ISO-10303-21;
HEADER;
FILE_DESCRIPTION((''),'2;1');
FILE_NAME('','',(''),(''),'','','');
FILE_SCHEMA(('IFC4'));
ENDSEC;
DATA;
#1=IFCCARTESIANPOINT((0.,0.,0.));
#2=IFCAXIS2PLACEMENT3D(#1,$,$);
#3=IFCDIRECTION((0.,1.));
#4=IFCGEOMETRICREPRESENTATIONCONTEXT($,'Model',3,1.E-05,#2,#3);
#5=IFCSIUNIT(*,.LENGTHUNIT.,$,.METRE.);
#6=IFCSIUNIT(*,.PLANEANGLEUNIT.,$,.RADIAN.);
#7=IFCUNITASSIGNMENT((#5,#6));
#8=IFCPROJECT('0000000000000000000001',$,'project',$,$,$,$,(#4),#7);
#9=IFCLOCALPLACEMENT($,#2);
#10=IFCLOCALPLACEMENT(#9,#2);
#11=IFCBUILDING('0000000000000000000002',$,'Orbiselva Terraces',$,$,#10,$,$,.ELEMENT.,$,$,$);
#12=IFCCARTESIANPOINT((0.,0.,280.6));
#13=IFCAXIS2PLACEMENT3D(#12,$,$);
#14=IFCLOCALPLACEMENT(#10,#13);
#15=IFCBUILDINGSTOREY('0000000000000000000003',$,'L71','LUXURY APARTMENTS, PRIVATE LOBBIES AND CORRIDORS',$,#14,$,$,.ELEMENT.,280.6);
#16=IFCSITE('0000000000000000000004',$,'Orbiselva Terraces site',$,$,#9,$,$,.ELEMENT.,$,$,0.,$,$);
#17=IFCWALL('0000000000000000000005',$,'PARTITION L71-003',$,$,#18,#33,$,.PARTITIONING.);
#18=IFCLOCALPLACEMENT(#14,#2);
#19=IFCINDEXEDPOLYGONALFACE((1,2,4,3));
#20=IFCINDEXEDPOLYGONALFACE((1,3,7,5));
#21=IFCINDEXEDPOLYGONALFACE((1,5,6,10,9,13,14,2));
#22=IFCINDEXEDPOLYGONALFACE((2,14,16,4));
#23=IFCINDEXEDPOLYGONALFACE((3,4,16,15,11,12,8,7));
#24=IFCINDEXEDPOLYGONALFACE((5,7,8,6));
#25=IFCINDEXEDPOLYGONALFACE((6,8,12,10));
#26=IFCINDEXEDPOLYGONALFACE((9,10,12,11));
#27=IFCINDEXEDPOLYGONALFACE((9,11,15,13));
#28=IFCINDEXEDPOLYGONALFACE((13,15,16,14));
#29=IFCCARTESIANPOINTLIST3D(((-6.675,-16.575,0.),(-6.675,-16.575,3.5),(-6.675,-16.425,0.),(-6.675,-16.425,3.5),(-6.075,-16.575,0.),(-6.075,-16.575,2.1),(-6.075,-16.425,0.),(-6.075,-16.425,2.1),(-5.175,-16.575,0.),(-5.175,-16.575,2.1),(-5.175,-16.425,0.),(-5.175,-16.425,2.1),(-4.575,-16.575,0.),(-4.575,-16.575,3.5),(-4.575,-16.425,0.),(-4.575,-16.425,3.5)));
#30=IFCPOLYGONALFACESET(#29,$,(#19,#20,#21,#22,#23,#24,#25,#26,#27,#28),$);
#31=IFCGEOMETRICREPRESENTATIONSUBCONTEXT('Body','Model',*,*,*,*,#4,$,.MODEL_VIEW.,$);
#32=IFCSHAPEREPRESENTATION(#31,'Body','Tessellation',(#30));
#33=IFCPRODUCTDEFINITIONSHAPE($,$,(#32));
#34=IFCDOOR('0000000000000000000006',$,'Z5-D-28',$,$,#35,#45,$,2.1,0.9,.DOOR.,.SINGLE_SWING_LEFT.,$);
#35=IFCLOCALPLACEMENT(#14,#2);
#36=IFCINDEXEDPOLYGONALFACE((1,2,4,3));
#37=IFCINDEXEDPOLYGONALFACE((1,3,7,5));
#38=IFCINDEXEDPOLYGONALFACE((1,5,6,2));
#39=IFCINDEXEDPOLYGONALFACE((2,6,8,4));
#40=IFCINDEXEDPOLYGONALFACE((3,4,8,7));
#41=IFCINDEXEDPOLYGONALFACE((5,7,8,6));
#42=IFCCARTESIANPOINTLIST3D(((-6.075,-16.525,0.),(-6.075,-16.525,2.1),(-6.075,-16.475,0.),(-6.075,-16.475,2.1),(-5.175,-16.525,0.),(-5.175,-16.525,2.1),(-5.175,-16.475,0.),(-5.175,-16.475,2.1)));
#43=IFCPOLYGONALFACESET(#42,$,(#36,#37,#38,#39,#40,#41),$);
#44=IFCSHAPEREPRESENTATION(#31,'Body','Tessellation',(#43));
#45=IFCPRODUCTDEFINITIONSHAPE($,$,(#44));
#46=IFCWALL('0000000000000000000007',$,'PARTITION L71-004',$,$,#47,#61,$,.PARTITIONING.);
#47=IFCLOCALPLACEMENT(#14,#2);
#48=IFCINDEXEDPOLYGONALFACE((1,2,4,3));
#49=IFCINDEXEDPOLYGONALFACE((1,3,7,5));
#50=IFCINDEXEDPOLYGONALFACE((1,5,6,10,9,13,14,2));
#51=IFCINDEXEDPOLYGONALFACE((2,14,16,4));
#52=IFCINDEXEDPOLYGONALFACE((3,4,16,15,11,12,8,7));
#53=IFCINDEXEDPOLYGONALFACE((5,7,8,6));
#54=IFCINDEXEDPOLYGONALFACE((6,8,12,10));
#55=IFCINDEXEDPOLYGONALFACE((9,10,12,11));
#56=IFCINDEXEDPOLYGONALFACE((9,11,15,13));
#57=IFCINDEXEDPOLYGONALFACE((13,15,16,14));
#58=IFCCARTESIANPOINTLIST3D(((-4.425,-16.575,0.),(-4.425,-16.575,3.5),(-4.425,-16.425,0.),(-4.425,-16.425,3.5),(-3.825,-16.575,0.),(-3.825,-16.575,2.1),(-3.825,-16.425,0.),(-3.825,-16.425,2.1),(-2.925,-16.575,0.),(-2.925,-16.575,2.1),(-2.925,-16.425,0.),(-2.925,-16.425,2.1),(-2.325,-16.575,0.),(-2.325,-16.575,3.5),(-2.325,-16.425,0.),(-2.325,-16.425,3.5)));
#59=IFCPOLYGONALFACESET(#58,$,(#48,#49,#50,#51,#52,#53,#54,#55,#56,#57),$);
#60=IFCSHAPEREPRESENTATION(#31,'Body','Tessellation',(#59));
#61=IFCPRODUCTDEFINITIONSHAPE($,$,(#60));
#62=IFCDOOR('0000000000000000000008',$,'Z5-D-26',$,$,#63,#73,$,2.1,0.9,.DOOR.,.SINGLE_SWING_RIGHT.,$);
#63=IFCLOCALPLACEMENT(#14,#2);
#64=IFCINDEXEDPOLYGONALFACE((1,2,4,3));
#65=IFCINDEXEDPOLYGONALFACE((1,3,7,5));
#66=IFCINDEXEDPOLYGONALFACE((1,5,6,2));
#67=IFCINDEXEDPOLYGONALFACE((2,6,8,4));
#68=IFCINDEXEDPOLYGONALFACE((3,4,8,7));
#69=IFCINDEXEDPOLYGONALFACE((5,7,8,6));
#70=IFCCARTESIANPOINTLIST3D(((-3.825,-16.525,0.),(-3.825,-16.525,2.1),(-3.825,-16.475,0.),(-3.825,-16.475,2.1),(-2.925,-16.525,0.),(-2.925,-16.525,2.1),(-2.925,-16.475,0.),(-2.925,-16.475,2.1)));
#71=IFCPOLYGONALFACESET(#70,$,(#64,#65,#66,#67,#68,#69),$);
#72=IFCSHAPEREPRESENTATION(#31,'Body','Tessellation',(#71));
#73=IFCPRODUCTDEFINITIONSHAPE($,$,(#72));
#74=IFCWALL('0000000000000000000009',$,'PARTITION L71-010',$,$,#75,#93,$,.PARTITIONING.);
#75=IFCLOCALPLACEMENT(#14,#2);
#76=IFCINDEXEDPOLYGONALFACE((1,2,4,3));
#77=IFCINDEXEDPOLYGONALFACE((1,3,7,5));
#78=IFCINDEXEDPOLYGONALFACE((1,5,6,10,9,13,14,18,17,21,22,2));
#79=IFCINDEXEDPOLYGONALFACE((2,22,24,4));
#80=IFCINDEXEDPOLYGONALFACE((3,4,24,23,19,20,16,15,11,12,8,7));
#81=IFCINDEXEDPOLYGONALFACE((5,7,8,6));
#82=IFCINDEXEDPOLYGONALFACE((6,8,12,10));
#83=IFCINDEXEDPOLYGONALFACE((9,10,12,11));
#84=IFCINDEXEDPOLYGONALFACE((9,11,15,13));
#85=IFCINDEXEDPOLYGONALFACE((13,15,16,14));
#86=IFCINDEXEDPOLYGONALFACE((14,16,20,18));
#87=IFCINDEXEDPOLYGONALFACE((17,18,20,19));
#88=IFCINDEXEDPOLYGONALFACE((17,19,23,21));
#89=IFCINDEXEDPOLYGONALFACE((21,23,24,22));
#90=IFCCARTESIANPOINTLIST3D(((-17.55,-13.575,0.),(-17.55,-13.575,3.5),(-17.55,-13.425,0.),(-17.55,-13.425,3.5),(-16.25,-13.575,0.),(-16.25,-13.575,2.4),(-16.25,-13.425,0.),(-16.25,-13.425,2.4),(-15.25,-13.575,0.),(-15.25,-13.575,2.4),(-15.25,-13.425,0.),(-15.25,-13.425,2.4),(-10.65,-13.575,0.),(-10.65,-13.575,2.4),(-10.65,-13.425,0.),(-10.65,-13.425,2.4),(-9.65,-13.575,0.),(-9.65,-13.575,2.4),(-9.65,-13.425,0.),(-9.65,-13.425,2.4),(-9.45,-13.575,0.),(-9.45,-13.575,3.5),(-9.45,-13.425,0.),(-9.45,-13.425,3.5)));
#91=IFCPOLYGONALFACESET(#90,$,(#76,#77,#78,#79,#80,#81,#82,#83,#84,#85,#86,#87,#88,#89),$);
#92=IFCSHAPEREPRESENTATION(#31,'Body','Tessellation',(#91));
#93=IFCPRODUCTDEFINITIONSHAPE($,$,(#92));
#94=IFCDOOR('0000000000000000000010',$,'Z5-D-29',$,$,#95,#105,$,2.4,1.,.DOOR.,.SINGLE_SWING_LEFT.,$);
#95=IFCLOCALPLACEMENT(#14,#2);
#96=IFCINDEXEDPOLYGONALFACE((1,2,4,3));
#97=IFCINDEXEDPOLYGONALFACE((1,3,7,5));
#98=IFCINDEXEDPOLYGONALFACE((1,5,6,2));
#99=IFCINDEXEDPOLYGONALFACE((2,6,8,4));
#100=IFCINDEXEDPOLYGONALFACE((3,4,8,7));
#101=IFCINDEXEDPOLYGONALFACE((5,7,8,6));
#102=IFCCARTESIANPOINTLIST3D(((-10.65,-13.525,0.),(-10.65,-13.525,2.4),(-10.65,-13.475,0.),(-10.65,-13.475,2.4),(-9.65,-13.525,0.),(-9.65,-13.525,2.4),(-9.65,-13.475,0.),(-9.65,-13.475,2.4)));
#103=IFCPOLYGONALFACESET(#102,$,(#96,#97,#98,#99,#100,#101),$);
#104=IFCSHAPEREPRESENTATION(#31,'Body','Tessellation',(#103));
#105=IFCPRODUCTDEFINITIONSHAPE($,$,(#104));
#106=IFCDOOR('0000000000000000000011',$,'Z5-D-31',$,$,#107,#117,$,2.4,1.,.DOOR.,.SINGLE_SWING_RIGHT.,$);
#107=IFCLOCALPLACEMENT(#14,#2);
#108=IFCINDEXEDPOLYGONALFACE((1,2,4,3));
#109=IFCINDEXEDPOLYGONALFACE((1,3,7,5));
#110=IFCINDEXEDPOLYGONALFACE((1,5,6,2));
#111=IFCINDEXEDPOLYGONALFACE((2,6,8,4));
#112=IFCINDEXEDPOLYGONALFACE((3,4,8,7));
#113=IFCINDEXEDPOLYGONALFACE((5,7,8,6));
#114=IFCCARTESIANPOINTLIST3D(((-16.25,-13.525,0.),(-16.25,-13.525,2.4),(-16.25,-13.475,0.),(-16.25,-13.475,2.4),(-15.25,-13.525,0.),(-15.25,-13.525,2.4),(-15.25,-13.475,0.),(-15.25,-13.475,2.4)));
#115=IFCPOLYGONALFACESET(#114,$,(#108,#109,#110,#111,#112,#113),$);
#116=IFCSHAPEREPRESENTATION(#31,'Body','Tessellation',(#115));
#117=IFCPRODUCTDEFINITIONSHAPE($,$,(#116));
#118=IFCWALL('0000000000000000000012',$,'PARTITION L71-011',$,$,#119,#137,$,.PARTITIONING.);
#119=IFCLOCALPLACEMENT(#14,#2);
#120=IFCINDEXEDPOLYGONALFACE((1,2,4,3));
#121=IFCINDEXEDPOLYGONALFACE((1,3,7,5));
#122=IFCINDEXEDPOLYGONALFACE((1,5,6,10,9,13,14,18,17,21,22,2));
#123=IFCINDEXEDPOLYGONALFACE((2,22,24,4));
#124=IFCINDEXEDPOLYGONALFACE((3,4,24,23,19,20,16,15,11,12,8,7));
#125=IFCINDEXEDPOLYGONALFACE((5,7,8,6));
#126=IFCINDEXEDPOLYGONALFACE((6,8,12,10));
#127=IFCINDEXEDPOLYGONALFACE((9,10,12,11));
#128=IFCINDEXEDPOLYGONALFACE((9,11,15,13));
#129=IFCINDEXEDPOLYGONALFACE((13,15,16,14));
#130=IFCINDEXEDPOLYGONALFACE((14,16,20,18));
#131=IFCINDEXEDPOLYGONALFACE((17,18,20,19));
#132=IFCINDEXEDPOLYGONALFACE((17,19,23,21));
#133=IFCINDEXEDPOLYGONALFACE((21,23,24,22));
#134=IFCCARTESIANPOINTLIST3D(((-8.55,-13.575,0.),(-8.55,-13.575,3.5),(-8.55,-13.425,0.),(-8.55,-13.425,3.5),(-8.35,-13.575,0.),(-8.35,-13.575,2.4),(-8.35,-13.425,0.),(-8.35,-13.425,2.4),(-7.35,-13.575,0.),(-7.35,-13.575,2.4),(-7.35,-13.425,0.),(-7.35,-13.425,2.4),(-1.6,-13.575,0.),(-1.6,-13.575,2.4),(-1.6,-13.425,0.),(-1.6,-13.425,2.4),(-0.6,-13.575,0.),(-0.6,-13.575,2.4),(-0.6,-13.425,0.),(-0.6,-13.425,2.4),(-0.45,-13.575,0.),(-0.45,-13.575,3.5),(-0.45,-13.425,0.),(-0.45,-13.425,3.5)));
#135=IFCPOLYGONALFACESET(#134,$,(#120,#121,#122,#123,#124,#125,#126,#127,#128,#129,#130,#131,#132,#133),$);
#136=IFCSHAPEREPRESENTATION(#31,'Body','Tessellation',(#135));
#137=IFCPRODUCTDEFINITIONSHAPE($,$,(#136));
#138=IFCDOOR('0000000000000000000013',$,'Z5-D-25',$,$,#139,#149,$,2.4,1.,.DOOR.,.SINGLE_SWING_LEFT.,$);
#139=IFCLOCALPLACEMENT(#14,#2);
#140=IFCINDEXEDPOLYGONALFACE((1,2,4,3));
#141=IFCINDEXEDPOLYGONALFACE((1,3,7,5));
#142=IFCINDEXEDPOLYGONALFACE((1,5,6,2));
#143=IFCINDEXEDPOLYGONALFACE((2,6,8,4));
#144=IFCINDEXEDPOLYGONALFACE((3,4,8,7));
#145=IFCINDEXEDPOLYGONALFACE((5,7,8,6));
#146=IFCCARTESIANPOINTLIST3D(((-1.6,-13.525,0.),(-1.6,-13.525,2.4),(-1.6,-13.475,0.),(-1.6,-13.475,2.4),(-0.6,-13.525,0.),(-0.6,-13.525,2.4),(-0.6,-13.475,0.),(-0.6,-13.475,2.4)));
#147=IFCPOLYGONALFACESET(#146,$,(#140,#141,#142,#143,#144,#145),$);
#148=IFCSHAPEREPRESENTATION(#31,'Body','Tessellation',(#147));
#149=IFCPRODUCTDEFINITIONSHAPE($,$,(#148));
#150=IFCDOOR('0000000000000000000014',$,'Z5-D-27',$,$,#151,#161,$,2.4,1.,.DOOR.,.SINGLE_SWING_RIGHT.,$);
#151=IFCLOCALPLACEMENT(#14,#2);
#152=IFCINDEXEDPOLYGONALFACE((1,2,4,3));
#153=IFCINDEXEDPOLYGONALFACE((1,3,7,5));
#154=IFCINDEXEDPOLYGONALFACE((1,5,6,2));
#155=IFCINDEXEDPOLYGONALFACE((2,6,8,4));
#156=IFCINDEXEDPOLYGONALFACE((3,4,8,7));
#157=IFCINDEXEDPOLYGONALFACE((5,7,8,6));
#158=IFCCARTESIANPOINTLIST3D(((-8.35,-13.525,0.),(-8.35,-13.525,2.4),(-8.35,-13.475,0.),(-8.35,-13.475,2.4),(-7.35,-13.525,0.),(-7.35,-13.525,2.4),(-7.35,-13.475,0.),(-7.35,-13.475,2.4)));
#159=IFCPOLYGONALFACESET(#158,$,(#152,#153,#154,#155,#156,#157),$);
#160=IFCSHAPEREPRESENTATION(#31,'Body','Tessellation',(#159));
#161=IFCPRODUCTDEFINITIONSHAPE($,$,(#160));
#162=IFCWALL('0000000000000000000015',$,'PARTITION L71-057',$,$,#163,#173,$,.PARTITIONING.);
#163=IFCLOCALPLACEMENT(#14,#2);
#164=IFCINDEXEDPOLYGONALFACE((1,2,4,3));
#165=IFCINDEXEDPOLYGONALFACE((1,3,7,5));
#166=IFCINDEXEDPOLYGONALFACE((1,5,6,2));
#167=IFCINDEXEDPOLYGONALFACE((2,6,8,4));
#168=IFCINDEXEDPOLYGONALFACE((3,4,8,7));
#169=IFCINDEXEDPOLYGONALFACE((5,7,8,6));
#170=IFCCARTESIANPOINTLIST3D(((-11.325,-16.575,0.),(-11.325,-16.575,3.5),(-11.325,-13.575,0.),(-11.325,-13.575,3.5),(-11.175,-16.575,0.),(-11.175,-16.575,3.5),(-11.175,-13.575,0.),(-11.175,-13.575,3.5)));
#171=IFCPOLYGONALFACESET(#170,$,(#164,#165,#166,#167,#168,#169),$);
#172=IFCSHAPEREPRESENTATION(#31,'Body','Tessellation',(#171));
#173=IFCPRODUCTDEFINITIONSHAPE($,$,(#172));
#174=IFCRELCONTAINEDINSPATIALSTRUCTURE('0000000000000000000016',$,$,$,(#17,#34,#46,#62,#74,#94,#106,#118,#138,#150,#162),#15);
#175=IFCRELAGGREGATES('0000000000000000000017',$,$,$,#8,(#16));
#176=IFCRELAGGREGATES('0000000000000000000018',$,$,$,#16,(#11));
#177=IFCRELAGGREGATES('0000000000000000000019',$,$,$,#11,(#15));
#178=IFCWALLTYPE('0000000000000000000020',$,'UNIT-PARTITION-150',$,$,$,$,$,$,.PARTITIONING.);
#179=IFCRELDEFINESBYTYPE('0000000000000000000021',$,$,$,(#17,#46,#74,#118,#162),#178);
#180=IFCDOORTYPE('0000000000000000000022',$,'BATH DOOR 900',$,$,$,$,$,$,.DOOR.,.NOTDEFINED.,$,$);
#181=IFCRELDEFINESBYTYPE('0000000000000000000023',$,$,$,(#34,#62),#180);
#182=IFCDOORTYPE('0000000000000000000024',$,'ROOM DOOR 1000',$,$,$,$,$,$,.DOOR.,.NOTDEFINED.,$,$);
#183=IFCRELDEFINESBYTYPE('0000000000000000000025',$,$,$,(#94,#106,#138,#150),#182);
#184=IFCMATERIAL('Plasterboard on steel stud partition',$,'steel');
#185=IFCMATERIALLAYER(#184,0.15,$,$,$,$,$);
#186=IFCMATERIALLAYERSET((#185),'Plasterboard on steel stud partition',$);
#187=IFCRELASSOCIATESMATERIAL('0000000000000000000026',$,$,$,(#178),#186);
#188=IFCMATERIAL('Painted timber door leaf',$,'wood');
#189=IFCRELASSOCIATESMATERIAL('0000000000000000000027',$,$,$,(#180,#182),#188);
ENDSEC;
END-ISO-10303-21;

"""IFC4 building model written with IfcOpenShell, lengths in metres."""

from ifc_helpers import new_model, si_unit, direction, frame, frame_2d, origin, place, context, subcontext, project, spatial, rectangle, extrude, material, layer, layer_set, type_object, element, fill, save


model = new_model("IFC4")

# Units and contexts
model_context = context("Model", 3, precision=1e-05, world=origin(), true_north=direction((0.0, 1.0)))
body_context = subcontext(model_context, "Body", "Model", "MODEL_VIEW")
ifc_project = project(units=[si_unit("LENGTHUNIT", "METRE"), si_unit("PLANEANGLEUNIT", "RADIAN")], contexts=[model_context])

# Site, building, storey
site_placement = place(None, origin())
site = spatial("IfcSite", under=ifc_project, at=site_placement, Name="Orbiselva Terraces site", CompositionType="ELEMENT", RefElevation=0.0)
building_placement = place(site_placement, origin())
building = spatial("IfcBuilding", under=site, at=building_placement, Name="Orbiselva Terraces", CompositionType="ELEMENT")
storey_placement = place(building_placement, frame((0.0, 0.0, 280.6)))
storey = spatial("IfcBuildingStorey", under=building, at=storey_placement, Name="L71", Description="LUXURY APARTMENTS, PRIVATE LOBBIES AND CORRIDORS", CompositionType="ELEMENT", Elevation=280.6)

# Walls, openings, doors
ifc_material_1 = material(Name="Plasterboard on steel stud partition", Category="steel")
ifc_layer_1 = layer(ifc_material_1, 0.15)
ifc_layer_set_1 = layer_set([ifc_layer_1], Name="Plasterboard on steel stud partition")
wall_type_1 = type_object("IfcWallType", Name="UNIT-PARTITION-150", PredefinedType="PARTITIONING", material=ifc_layer_set_1)
wall_1_placement = place(storey_placement, frame((-6.675, -16.5, 0.0), z_axis=(0.0, 0.0, 1.0), x_axis=(1.0, 0.0, 0.0)))
wall_1 = element("IfcWall", 1, at=wall_1_placement, inside=storey, type_object=wall_type_1, Name="PARTITION L71-003", PredefinedType="PARTITIONING", context=body_context, shape_type="SweptSolid", body=[
    extrude(rectangle(XDim=2.1, YDim=0.15, at=frame_2d((1.05, 0.0))), origin(), (0.0, 0.0, 1.0), 3.5),
])
opening_1_placement = place(wall_1_placement, frame((0.6, 0.0, 0.0)))
opening_1 = element("IfcOpeningElement", 2, at=opening_1_placement, cuts=wall_1, PredefinedType="OPENING", context=body_context, shape_type="SweptSolid", body=[
    extrude(rectangle(XDim=0.9, YDim=2.1, at=frame_2d((0.45, 1.05))), frame((0.0, 0.085, 0.0), z_axis=(0.0, -1.0, 0.0), x_axis=(1.0, 0.0, 0.0)), (0.0, 0.0, 1.0), 0.17),
])
ifc_material_2 = material(Name="Painted timber door leaf", Category="wood")
door_type_1 = type_object("IfcDoorType", Name="BATH DOOR 900", OperationType="NOTDEFINED", PredefinedType="DOOR", material=ifc_material_2)
door_1_placement = place(opening_1_placement, origin())
door_1 = element("IfcDoor", 3, at=door_1_placement, inside=storey, type_object=door_type_1, Name="Z5-D-28", OperationType="SINGLE_SWING_LEFT", OverallHeight=2.1, OverallWidth=0.9, PredefinedType="DOOR", context=body_context, shape_type="SweptSolid", body=[
    extrude(rectangle(XDim=0.9, YDim=2.1, at=frame_2d((0.45, 1.05))), frame((0.0, 0.025, 0.0), z_axis=(0.0, -1.0, 0.0), x_axis=(1.0, 0.0, 0.0)), (0.0, 0.0, 1.0), 0.05),
])
fill(opening_1, door_1)
wall_2_placement = place(storey_placement, frame((-4.425, -16.5, 0.0), z_axis=(0.0, 0.0, 1.0), x_axis=(1.0, 0.0, 0.0)))
wall_2 = element("IfcWall", 4, at=wall_2_placement, inside=storey, type_object=wall_type_1, Name="PARTITION L71-004", PredefinedType="PARTITIONING", context=body_context, shape_type="SweptSolid", body=[
    extrude(rectangle(XDim=2.1, YDim=0.15, at=frame_2d((1.05, 0.0))), origin(), (0.0, 0.0, 1.0), 3.5),
])
opening_2_placement = place(wall_2_placement, frame((0.6, 0.0, 0.0)))
opening_2 = element("IfcOpeningElement", 5, at=opening_2_placement, cuts=wall_2, PredefinedType="OPENING", context=body_context, shape_type="SweptSolid", body=[
    extrude(rectangle(XDim=0.9, YDim=2.1, at=frame_2d((0.45, 1.05))), frame((0.0, 0.085, 0.0), z_axis=(0.0, -1.0, 0.0), x_axis=(1.0, 0.0, 0.0)), (0.0, 0.0, 1.0), 0.17),
])
door_2_placement = place(opening_2_placement, origin())
door_2 = element("IfcDoor", 6, at=door_2_placement, inside=storey, type_object=door_type_1, Name="Z5-D-26", OperationType="SINGLE_SWING_RIGHT", OverallHeight=2.1, OverallWidth=0.9, PredefinedType="DOOR", context=body_context, shape_type="SweptSolid", body=[
    extrude(rectangle(XDim=0.9, YDim=2.1, at=frame_2d((0.45, 1.05))), frame((0.0, 0.025, 0.0), z_axis=(0.0, -1.0, 0.0), x_axis=(1.0, 0.0, 0.0)), (0.0, 0.0, 1.0), 0.05),
])
fill(opening_2, door_2)

# Walls, openings, doors
wall_3_placement = place(storey_placement, frame((-9.45, -13.5, 0.0), z_axis=(0.0, 0.0, 1.0), x_axis=(-1.0, 0.0, 0.0)))
wall_3 = element("IfcWall", 7, at=wall_3_placement, inside=storey, type_object=wall_type_1, Name="PARTITION L71-010", PredefinedType="PARTITIONING", context=body_context, shape_type="SweptSolid", body=[
    extrude(rectangle(XDim=8.1, YDim=0.15, at=frame_2d((4.05, 0.0))), origin(), (0.0, 0.0, 1.0), 3.5),
])
opening_3_placement = place(wall_3_placement, frame((0.2, 0.0, 0.0)))
opening_3 = element("IfcOpeningElement", 8, at=opening_3_placement, cuts=wall_3, PredefinedType="OPENING", context=body_context, shape_type="SweptSolid", body=[
    extrude(rectangle(XDim=1.0, YDim=2.4, at=frame_2d((0.5, 1.2))), frame((0.0, 0.085, 0.0), z_axis=(0.0, -1.0, 0.0), x_axis=(1.0, 0.0, 0.0)), (0.0, 0.0, 1.0), 0.17),
])
opening_4_placement = place(wall_3_placement, frame((5.8, 0.0, 0.0)))
opening_4 = element("IfcOpeningElement", 9, at=opening_4_placement, cuts=wall_3, PredefinedType="OPENING", context=body_context, shape_type="SweptSolid", body=[
    extrude(rectangle(XDim=1.0, YDim=2.4, at=frame_2d((0.5, 1.2))), frame((0.0, 0.085, 0.0), z_axis=(0.0, -1.0, 0.0), x_axis=(1.0, 0.0, 0.0)), (0.0, 0.0, 1.0), 0.17),
])
door_type_2 = type_object("IfcDoorType", Name="ROOM DOOR 1000", OperationType="NOTDEFINED", PredefinedType="DOOR", material=ifc_material_2)
door_3_placement = place(opening_3_placement, origin())
door_3 = element("IfcDoor", 10, at=door_3_placement, inside=storey, type_object=door_type_2, Name="Z5-D-29", OperationType="SINGLE_SWING_LEFT", OverallHeight=2.4, OverallWidth=1.0, PredefinedType="DOOR", context=body_context, shape_type="SweptSolid", body=[
    extrude(rectangle(XDim=1.0, YDim=2.4, at=frame_2d((0.5, 1.2))), frame((0.0, 0.025, 0.0), z_axis=(0.0, -1.0, 0.0), x_axis=(1.0, 0.0, 0.0)), (0.0, 0.0, 1.0), 0.05),
])
fill(opening_3, door_3)
door_4_placement = place(opening_4_placement, origin())
door_4 = element("IfcDoor", 11, at=door_4_placement, inside=storey, type_object=door_type_2, Name="Z5-D-31", OperationType="SINGLE_SWING_RIGHT", OverallHeight=2.4, OverallWidth=1.0, PredefinedType="DOOR", context=body_context, shape_type="SweptSolid", body=[
    extrude(rectangle(XDim=1.0, YDim=2.4, at=frame_2d((0.5, 1.2))), frame((0.0, 0.025, 0.0), z_axis=(0.0, -1.0, 0.0), x_axis=(1.0, 0.0, 0.0)), (0.0, 0.0, 1.0), 0.05),
])
fill(opening_4, door_4)
wall_4_placement = place(storey_placement, frame((-0.45, -13.5, 0.0), z_axis=(0.0, 0.0, 1.0), x_axis=(-1.0, 0.0, 0.0)))
wall_4 = element("IfcWall", 12, at=wall_4_placement, inside=storey, type_object=wall_type_1, Name="PARTITION L71-011", PredefinedType="PARTITIONING", context=body_context, shape_type="SweptSolid", body=[
    extrude(rectangle(XDim=8.1, YDim=0.15, at=frame_2d((4.05, 0.0))), origin(), (0.0, 0.0, 1.0), 3.5),
])
opening_5_placement = place(wall_4_placement, frame((0.15, 0.0, 0.0)))
opening_5 = element("IfcOpeningElement", 13, at=opening_5_placement, cuts=wall_4, PredefinedType="OPENING", context=body_context, shape_type="SweptSolid", body=[
    extrude(rectangle(XDim=1.0, YDim=2.4, at=frame_2d((0.5, 1.2))), frame((0.0, 0.085, 0.0), z_axis=(0.0, -1.0, 0.0), x_axis=(1.0, 0.0, 0.0)), (0.0, 0.0, 1.0), 0.17),
])
opening_6_placement = place(wall_4_placement, frame((6.9, 0.0, 0.0)))
opening_6 = element("IfcOpeningElement", 14, at=opening_6_placement, cuts=wall_4, PredefinedType="OPENING", context=body_context, shape_type="SweptSolid", body=[
    extrude(rectangle(XDim=1.0, YDim=2.4, at=frame_2d((0.5, 1.2))), frame((0.0, 0.085, 0.0), z_axis=(0.0, -1.0, 0.0), x_axis=(1.0, 0.0, 0.0)), (0.0, 0.0, 1.0), 0.17),
])
door_5_placement = place(opening_5_placement, origin())
door_5 = element("IfcDoor", 15, at=door_5_placement, inside=storey, type_object=door_type_2, Name="Z5-D-25", OperationType="SINGLE_SWING_LEFT", OverallHeight=2.4, OverallWidth=1.0, PredefinedType="DOOR", context=body_context, shape_type="SweptSolid", body=[
    extrude(rectangle(XDim=1.0, YDim=2.4, at=frame_2d((0.5, 1.2))), frame((0.0, 0.025, 0.0), z_axis=(0.0, -1.0, 0.0), x_axis=(1.0, 0.0, 0.0)), (0.0, 0.0, 1.0), 0.05),
])
fill(opening_5, door_5)
door_6_placement = place(opening_6_placement, origin())
door_6 = element("IfcDoor", 16, at=door_6_placement, inside=storey, type_object=door_type_2, Name="Z5-D-27", OperationType="SINGLE_SWING_RIGHT", OverallHeight=2.4, OverallWidth=1.0, PredefinedType="DOOR", context=body_context, shape_type="SweptSolid", body=[
    extrude(rectangle(XDim=1.0, YDim=2.4, at=frame_2d((0.5, 1.2))), frame((0.0, 0.025, 0.0), z_axis=(0.0, -1.0, 0.0), x_axis=(1.0, 0.0, 0.0)), (0.0, 0.0, 1.0), 0.05),
])
fill(opening_6, door_6)

# Wall
wall_5_placement = place(storey_placement, frame((-11.25, -16.575, 0.0), z_axis=(0.0, 0.0, 1.0), x_axis=(0.0, 1.0, 0.0)))
element("IfcWall", 17, at=wall_5_placement, inside=storey, type_object=wall_type_1, Name="PARTITION L71-057", PredefinedType="PARTITIONING", context=body_context, shape_type="SweptSolid", body=[
    extrude(rectangle(XDim=3.0, YDim=0.15, at=frame_2d((1.5, 0.0))), origin(), (0.0, 0.0, 1.0), 3.5),
])

save(model, "model.ifc")
